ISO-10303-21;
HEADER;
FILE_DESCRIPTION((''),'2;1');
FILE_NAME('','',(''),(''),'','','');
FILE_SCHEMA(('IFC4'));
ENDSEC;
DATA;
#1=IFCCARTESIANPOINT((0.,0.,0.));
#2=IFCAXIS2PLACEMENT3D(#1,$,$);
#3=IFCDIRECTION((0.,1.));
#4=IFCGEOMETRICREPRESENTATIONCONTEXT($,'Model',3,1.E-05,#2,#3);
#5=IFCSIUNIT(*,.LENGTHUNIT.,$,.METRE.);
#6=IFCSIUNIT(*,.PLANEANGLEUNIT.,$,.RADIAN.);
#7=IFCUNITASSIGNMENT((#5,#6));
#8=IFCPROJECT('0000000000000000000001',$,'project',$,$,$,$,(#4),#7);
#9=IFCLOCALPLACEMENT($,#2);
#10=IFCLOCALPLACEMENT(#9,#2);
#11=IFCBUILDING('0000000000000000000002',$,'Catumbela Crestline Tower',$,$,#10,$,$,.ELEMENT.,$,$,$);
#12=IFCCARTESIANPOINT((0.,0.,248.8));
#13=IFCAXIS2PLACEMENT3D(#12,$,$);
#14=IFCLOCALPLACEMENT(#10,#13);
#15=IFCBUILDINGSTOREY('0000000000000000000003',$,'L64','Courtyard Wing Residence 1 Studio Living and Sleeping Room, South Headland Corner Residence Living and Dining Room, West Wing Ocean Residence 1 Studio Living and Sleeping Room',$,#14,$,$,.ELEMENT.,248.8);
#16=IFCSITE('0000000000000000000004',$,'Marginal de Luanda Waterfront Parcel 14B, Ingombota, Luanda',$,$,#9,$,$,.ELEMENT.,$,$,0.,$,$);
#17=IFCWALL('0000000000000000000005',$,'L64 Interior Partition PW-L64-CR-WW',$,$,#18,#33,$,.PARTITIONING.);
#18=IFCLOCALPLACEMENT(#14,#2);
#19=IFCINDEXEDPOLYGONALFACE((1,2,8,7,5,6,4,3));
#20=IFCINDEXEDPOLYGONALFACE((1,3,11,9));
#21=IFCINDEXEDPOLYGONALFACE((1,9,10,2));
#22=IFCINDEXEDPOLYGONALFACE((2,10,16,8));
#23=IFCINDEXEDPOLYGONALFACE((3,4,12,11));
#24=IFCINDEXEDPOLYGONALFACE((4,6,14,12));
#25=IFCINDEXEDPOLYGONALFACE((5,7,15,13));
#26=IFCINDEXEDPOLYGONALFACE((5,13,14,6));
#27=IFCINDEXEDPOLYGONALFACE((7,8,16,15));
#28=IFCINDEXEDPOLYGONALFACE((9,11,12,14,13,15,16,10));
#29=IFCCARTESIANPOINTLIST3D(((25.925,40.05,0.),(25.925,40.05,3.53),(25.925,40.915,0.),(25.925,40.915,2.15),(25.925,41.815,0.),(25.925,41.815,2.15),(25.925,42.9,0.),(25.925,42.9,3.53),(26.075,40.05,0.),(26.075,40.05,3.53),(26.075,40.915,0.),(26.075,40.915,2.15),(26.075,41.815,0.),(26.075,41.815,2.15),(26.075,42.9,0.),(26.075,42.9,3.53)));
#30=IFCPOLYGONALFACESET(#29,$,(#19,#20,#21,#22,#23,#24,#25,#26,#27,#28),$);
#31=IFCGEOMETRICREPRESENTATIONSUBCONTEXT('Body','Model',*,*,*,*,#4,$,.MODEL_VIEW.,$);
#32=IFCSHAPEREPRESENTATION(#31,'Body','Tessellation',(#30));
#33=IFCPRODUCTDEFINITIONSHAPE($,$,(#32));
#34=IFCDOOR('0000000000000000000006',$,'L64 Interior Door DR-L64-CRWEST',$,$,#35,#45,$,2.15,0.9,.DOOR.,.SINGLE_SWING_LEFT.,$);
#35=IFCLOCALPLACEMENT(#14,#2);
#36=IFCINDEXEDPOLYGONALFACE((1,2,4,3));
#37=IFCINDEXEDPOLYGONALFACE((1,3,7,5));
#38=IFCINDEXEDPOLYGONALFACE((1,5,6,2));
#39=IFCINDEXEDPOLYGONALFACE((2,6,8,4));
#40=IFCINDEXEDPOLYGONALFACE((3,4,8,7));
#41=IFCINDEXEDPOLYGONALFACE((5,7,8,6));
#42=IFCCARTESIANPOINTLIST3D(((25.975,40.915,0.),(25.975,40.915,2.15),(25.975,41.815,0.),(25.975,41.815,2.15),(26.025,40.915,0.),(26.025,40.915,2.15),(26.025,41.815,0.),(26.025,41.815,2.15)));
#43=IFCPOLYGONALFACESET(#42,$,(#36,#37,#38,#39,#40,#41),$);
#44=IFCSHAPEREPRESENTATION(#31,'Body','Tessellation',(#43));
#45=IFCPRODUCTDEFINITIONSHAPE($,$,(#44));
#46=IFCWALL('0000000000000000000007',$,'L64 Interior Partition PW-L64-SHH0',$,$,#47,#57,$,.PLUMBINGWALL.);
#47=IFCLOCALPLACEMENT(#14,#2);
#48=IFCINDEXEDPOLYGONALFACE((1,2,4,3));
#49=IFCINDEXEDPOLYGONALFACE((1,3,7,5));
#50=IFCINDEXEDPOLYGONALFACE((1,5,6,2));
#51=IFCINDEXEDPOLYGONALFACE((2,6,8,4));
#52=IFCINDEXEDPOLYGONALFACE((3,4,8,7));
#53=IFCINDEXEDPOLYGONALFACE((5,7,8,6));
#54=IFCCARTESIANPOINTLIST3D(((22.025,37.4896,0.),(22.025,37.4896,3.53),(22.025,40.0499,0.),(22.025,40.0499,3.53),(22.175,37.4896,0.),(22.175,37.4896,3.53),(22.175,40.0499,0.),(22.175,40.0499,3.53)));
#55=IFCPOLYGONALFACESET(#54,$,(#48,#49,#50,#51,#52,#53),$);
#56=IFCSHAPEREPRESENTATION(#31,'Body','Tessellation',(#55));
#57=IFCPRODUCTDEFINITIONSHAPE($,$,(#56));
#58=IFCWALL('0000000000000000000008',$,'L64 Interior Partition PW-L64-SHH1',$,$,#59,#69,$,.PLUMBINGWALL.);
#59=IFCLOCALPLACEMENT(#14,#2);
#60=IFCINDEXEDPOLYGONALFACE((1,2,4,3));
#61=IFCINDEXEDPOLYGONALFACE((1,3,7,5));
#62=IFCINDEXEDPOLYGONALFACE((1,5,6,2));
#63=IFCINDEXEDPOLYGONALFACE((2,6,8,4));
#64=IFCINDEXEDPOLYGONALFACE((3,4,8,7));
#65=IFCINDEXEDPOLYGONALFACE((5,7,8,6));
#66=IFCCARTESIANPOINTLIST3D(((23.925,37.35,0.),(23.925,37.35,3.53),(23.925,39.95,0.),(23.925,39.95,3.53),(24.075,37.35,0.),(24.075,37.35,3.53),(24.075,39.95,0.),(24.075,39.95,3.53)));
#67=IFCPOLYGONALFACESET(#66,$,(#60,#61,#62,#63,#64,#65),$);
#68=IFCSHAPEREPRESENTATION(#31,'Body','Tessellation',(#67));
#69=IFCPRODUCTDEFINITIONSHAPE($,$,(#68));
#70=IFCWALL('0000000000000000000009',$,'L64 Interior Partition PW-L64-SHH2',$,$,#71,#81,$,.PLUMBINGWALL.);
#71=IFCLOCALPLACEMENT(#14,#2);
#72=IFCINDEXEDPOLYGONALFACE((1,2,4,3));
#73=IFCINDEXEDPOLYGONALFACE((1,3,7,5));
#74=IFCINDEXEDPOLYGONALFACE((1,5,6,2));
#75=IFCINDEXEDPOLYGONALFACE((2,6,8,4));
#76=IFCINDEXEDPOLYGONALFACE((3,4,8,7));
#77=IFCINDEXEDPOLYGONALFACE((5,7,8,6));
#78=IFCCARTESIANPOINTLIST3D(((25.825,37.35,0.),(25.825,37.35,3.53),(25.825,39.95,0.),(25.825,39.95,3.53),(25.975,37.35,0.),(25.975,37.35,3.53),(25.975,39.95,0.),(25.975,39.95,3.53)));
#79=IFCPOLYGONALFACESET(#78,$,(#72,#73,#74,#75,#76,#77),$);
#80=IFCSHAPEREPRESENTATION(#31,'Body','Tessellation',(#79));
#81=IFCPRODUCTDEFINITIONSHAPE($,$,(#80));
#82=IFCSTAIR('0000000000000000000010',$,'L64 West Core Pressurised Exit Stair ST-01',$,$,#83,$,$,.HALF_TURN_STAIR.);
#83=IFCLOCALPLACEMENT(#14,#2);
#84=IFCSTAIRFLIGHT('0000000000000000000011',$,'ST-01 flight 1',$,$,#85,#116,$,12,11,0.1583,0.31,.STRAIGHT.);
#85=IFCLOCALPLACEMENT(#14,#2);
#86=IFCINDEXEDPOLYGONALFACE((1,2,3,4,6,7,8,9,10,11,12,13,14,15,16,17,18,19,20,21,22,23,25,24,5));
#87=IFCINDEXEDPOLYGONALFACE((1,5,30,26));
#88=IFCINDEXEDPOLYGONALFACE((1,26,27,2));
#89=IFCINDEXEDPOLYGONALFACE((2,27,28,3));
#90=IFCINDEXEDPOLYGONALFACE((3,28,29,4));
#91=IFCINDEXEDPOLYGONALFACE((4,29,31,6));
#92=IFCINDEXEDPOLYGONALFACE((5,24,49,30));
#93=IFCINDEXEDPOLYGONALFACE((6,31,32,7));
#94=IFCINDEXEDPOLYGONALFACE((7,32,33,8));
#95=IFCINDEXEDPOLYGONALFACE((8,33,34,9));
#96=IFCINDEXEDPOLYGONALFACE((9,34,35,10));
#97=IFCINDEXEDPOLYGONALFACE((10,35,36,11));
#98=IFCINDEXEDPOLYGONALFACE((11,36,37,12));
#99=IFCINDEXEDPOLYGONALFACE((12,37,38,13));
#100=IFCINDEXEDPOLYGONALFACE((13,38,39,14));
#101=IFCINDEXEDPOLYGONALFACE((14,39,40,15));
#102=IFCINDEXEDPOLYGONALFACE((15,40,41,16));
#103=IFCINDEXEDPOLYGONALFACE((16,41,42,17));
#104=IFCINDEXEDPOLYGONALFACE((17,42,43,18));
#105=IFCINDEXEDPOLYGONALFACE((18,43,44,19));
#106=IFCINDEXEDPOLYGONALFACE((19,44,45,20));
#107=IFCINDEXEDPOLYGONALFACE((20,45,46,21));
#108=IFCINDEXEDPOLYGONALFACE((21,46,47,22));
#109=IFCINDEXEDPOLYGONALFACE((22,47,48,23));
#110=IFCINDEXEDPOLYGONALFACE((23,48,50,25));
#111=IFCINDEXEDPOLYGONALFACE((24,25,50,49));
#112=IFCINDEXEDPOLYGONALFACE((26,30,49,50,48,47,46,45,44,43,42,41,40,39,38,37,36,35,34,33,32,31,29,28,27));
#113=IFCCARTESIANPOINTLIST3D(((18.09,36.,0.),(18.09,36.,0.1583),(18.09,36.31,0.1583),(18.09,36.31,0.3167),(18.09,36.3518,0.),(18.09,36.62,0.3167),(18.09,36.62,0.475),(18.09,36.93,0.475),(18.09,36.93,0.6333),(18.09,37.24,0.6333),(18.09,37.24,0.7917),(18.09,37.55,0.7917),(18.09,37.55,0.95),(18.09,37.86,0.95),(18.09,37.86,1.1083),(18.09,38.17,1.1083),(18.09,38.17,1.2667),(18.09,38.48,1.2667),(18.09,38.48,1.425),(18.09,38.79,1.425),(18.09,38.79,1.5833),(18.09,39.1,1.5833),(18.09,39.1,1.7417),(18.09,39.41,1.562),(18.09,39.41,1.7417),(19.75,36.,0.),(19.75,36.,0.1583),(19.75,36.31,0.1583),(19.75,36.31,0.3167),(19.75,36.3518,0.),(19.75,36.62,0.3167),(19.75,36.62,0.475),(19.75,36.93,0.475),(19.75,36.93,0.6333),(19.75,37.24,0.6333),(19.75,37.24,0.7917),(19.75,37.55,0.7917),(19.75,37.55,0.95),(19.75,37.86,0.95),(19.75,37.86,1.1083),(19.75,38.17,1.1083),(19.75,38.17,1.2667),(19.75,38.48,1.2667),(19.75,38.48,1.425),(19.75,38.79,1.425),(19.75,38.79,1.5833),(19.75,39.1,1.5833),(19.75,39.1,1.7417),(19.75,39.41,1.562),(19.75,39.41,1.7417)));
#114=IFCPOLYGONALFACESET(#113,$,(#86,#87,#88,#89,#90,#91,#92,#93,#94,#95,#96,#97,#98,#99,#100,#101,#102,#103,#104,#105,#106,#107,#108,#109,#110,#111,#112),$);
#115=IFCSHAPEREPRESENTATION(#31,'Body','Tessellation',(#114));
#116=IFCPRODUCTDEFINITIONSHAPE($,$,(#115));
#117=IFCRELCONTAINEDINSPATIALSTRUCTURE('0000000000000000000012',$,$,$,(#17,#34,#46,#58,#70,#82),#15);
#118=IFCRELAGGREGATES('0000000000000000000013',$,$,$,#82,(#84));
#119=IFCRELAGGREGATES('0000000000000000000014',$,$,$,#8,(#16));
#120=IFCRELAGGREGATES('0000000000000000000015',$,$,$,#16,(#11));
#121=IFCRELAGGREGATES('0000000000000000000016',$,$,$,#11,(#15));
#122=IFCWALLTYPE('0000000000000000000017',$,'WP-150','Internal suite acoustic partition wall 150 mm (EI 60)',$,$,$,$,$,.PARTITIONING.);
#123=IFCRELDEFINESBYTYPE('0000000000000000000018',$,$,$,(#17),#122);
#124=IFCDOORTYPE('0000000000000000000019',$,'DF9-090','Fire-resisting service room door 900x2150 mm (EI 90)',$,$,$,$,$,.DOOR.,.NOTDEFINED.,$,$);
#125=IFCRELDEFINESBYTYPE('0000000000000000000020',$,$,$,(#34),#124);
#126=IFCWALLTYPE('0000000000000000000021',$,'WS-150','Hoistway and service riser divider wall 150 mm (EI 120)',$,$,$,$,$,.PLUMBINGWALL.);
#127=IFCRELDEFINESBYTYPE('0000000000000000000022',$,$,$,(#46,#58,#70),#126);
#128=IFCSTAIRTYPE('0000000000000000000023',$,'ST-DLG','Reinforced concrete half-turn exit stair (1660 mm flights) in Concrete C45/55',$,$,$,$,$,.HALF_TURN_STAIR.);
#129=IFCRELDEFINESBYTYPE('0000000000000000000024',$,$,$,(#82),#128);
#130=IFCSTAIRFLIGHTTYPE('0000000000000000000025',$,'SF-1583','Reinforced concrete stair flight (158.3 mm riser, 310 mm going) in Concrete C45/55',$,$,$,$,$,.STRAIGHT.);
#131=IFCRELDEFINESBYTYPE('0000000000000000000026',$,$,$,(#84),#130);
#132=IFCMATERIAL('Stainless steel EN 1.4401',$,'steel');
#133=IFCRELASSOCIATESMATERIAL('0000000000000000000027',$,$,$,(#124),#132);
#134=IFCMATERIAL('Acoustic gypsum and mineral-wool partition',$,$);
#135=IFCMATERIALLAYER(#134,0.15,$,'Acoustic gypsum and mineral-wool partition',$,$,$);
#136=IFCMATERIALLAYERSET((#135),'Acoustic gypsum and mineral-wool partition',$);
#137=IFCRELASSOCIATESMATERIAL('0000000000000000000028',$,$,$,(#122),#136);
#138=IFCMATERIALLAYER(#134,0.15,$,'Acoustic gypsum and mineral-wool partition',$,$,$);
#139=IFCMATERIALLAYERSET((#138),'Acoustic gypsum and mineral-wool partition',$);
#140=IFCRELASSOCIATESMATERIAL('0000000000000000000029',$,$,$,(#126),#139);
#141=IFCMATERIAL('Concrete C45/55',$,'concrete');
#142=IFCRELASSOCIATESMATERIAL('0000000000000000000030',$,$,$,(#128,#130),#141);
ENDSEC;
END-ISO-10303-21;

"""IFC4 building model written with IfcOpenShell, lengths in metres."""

from ifc_helpers import new_model, si_unit, direction, frame, frame_2d, origin, place, context, subcontext, project, spatial, polyline, rectangle, outline, extrude, material, layer, layer_set, type_object, element, fill, aggregate, save


model = new_model("IFC4")

# Units and contexts
model_context = context("Model", 3, precision=1e-05, world=origin(), true_north=direction((0.0, 1.0)))
body_context = subcontext(model_context, "Body", "Model", "MODEL_VIEW")
ifc_project = project(units=[si_unit("LENGTHUNIT", "METRE"), si_unit("PLANEANGLEUNIT", "RADIAN")], contexts=[model_context])

# Site, building, storey
site_placement = place(None, origin())
site = spatial("IfcSite", under=ifc_project, at=site_placement, Name="Marginal de Luanda Waterfront Parcel 14B, Ingombota, Luanda", CompositionType="ELEMENT", RefElevation=0.0)
building_placement = place(site_placement, origin())
building = spatial("IfcBuilding", under=site, at=building_placement, Name="Catumbela Crestline Tower", CompositionType="ELEMENT")
storey_placement = place(building_placement, frame((0.0, 0.0, 248.8)))
storey = spatial("IfcBuildingStorey", under=building, at=storey_placement, Name="L64", Description="Courtyard Wing Residence 1 Studio Living and Sleeping Room, South Headland Corner Residence Living and Dining Room, West Wing Ocean Residence 1 Studio Living and Sleeping Room", CompositionType="ELEMENT", Elevation=248.8)

# Shared definitions
ifc_material_1 = material(Name="Stainless steel EN 1.4401", Category="steel")

# Shared definitions
door_type_1 = type_object("IfcDoorType", Name="DF9-090", Description="Fire-resisting service room door 900x2150 mm (EI 90)", OperationType="NOTDEFINED", PredefinedType="DOOR", material=ifc_material_1)

# Wall, opening, door
ifc_material_2 = material(Name="Acoustic gypsum and mineral-wool partition")
ifc_layer_1 = layer(ifc_material_2, 0.15, Name="Acoustic gypsum and mineral-wool partition")
ifc_layer_set_1 = layer_set([ifc_layer_1], Name="Acoustic gypsum and mineral-wool partition")
wall_type_1 = type_object("IfcWallType", Name="WP-150", Description="Internal suite acoustic partition wall 150 mm (EI 60)", PredefinedType="PARTITIONING", material=ifc_layer_set_1)
wall_1_placement = place(storey_placement, frame((26.0, 40.05, 0.0), z_axis=(0.0, 0.0, 1.0), x_axis=(0.0, 1.0, 0.0)))
wall_1 = element("IfcWall", 1, at=wall_1_placement, inside=storey, type_object=wall_type_1, Name="L64 Interior Partition PW-L64-CR-WW", PredefinedType="PARTITIONING", context=body_context, shape_type="SweptSolid", body=[
    extrude(rectangle(XDim=2.85, YDim=0.15, at=frame_2d((1.425, 0.0))), origin(), (0.0, 0.0, 1.0), 3.53),
])
opening_1_placement = place(wall_1_placement, frame((0.865, 0.0, 0.0)))
opening_1 = element("IfcOpeningElement", 2, at=opening_1_placement, cuts=wall_1, PredefinedType="OPENING", context=body_context, shape_type="SweptSolid", body=[
    extrude(rectangle(XDim=0.9, YDim=2.15, at=frame_2d((0.45, 1.075))), frame((0.0, 0.085, 0.0), z_axis=(0.0, -1.0, 0.0), x_axis=(1.0, 0.0, 0.0)), (0.0, 0.0, 1.0), 0.17),
])
door_1_placement = place(opening_1_placement, origin())
door_1 = element("IfcDoor", 3, at=door_1_placement, inside=storey, type_object=door_type_1, Name="L64 Interior Door DR-L64-CRWEST", OperationType="SINGLE_SWING_LEFT", OverallHeight=2.15, OverallWidth=0.9, PredefinedType="DOOR", context=body_context, shape_type="SweptSolid", body=[
    extrude(rectangle(XDim=0.9, YDim=2.15, at=frame_2d((0.45, 1.075))), frame((0.0, 0.025, 0.0), z_axis=(0.0, -1.0, 0.0), x_axis=(1.0, 0.0, 0.0)), (0.0, 0.0, 1.0), 0.05),
])
fill(opening_1, door_1)

# Walls
ifc_layer_2 = layer(ifc_material_2, 0.15, Name="Acoustic gypsum and mineral-wool partition")
ifc_layer_set_2 = layer_set([ifc_layer_2], Name="Acoustic gypsum and mineral-wool partition")
wall_type_2 = type_object("IfcWallType", Name="WS-150", Description="Hoistway and service riser divider wall 150 mm (EI 120)", PredefinedType="PLUMBINGWALL", material=ifc_layer_set_2)
wall_2_placement = place(storey_placement, frame((22.1, 37.4897, 0.0), z_axis=(0.0, 0.0, 1.0), x_axis=(0.0, 1.0, 0.0)))
element("IfcWall", 4, at=wall_2_placement, inside=storey, type_object=wall_type_2, Name="L64 Interior Partition PW-L64-SHH0", PredefinedType="PLUMBINGWALL", context=body_context, shape_type="SweptSolid", body=[
    extrude(rectangle(XDim=2.5603, YDim=0.15, at=frame_2d((1.2801, 0.0))), origin(), (0.0, 0.0, 1.0), 3.53),
])
for number, where, z_axis, x_axis, name in (
    (5, (24.0, 37.35, 0.0), (0.0, 0.0, 1.0), (0.0, 1.0, 0.0), "L64 Interior Partition PW-L64-SHH1"),
    (6, (25.9, 37.35, 0.0), (0.0, 0.0, 1.0), (0.0, 1.0, 0.0), "L64 Interior Partition PW-L64-SHH2"),
):
    element("IfcWall", number, at=place(storey_placement, frame(where, z_axis=z_axis, x_axis=x_axis)), inside=storey, type_object=wall_type_2, Name=name, PredefinedType="PLUMBINGWALL", context=body_context, shape_type="SweptSolid", body=[
        extrude(rectangle(XDim=2.6, YDim=0.15, at=frame_2d((1.3, 0.0))), origin(), (0.0, 0.0, 1.0), 3.53),
    ])

# Stair, stair flight
ifc_material_3 = material(Name="Concrete C45/55", Category="concrete")
stair_type = type_object("IfcStairType", Name="ST-DLG", Description="Reinforced concrete half-turn exit stair (1660 mm flights) in Concrete C45/55", PredefinedType="HALF_TURN_STAIR", material=ifc_material_3)
stair_placement = place(storey_placement, origin())
stair = element("IfcStair", 7, at=stair_placement, inside=storey, type_object=stair_type, Name="L64 West Core Pressurised Exit Stair ST-01", PredefinedType="HALF_TURN_STAIR")
stair_flight_type = type_object("IfcStairFlightType", Name="SF-1583", Description="Reinforced concrete stair flight (158.3 mm riser, 310 mm going) in Concrete C45/55", PredefinedType="STRAIGHT", material=ifc_material_3)
stair_flight_placement = place(storey_placement, frame((18.92, 36.0, 0.0), z_axis=(0.0, 0.0, 1.0), x_axis=(0.0, 1.0, 0.0)))
stair_flight = element("IfcStairFlight", 8, at=stair_flight_placement, type_object=stair_flight_type, Name="ST-01 flight 1", NumberOfRisers=12, NumberOfTreads=11, PredefinedType="STRAIGHT", RiserHeight=0.1583, TreadLength=0.31, context=body_context, shape_type="SweptSolid", body=[
    extrude(outline(polyline([(0.0, 0.0), (0.0, 0.1583), (0.31, 0.1583), (0.31, 0.3167), (0.62, 0.3167), (0.62, 0.475), (0.93, 0.475), (0.93, 0.6333), (1.24, 0.6333), (1.24, 0.7917), (1.55, 0.7917), (1.55, 0.95), (1.86, 0.95), (1.86, 1.1083), (2.17, 1.1083), (2.17, 1.2667), (2.48, 1.2667), (2.48, 1.425), (2.79, 1.425), (2.79, 1.5833), (3.1, 1.5833), (3.1, 1.7417), (3.41, 1.7417), (3.41, 1.9), (3.41, 1.562), (0.3518, 0.0), (0.0, 0.0)])), frame((0.0, 0.83, 0.0), z_axis=(0.0, -1.0, 0.0), x_axis=(1.0, 0.0, 0.0)), (0.0, 0.0, 1.0), 1.66),
])
aggregate(stair, [stair_flight])

save(model, "model.ifc")
